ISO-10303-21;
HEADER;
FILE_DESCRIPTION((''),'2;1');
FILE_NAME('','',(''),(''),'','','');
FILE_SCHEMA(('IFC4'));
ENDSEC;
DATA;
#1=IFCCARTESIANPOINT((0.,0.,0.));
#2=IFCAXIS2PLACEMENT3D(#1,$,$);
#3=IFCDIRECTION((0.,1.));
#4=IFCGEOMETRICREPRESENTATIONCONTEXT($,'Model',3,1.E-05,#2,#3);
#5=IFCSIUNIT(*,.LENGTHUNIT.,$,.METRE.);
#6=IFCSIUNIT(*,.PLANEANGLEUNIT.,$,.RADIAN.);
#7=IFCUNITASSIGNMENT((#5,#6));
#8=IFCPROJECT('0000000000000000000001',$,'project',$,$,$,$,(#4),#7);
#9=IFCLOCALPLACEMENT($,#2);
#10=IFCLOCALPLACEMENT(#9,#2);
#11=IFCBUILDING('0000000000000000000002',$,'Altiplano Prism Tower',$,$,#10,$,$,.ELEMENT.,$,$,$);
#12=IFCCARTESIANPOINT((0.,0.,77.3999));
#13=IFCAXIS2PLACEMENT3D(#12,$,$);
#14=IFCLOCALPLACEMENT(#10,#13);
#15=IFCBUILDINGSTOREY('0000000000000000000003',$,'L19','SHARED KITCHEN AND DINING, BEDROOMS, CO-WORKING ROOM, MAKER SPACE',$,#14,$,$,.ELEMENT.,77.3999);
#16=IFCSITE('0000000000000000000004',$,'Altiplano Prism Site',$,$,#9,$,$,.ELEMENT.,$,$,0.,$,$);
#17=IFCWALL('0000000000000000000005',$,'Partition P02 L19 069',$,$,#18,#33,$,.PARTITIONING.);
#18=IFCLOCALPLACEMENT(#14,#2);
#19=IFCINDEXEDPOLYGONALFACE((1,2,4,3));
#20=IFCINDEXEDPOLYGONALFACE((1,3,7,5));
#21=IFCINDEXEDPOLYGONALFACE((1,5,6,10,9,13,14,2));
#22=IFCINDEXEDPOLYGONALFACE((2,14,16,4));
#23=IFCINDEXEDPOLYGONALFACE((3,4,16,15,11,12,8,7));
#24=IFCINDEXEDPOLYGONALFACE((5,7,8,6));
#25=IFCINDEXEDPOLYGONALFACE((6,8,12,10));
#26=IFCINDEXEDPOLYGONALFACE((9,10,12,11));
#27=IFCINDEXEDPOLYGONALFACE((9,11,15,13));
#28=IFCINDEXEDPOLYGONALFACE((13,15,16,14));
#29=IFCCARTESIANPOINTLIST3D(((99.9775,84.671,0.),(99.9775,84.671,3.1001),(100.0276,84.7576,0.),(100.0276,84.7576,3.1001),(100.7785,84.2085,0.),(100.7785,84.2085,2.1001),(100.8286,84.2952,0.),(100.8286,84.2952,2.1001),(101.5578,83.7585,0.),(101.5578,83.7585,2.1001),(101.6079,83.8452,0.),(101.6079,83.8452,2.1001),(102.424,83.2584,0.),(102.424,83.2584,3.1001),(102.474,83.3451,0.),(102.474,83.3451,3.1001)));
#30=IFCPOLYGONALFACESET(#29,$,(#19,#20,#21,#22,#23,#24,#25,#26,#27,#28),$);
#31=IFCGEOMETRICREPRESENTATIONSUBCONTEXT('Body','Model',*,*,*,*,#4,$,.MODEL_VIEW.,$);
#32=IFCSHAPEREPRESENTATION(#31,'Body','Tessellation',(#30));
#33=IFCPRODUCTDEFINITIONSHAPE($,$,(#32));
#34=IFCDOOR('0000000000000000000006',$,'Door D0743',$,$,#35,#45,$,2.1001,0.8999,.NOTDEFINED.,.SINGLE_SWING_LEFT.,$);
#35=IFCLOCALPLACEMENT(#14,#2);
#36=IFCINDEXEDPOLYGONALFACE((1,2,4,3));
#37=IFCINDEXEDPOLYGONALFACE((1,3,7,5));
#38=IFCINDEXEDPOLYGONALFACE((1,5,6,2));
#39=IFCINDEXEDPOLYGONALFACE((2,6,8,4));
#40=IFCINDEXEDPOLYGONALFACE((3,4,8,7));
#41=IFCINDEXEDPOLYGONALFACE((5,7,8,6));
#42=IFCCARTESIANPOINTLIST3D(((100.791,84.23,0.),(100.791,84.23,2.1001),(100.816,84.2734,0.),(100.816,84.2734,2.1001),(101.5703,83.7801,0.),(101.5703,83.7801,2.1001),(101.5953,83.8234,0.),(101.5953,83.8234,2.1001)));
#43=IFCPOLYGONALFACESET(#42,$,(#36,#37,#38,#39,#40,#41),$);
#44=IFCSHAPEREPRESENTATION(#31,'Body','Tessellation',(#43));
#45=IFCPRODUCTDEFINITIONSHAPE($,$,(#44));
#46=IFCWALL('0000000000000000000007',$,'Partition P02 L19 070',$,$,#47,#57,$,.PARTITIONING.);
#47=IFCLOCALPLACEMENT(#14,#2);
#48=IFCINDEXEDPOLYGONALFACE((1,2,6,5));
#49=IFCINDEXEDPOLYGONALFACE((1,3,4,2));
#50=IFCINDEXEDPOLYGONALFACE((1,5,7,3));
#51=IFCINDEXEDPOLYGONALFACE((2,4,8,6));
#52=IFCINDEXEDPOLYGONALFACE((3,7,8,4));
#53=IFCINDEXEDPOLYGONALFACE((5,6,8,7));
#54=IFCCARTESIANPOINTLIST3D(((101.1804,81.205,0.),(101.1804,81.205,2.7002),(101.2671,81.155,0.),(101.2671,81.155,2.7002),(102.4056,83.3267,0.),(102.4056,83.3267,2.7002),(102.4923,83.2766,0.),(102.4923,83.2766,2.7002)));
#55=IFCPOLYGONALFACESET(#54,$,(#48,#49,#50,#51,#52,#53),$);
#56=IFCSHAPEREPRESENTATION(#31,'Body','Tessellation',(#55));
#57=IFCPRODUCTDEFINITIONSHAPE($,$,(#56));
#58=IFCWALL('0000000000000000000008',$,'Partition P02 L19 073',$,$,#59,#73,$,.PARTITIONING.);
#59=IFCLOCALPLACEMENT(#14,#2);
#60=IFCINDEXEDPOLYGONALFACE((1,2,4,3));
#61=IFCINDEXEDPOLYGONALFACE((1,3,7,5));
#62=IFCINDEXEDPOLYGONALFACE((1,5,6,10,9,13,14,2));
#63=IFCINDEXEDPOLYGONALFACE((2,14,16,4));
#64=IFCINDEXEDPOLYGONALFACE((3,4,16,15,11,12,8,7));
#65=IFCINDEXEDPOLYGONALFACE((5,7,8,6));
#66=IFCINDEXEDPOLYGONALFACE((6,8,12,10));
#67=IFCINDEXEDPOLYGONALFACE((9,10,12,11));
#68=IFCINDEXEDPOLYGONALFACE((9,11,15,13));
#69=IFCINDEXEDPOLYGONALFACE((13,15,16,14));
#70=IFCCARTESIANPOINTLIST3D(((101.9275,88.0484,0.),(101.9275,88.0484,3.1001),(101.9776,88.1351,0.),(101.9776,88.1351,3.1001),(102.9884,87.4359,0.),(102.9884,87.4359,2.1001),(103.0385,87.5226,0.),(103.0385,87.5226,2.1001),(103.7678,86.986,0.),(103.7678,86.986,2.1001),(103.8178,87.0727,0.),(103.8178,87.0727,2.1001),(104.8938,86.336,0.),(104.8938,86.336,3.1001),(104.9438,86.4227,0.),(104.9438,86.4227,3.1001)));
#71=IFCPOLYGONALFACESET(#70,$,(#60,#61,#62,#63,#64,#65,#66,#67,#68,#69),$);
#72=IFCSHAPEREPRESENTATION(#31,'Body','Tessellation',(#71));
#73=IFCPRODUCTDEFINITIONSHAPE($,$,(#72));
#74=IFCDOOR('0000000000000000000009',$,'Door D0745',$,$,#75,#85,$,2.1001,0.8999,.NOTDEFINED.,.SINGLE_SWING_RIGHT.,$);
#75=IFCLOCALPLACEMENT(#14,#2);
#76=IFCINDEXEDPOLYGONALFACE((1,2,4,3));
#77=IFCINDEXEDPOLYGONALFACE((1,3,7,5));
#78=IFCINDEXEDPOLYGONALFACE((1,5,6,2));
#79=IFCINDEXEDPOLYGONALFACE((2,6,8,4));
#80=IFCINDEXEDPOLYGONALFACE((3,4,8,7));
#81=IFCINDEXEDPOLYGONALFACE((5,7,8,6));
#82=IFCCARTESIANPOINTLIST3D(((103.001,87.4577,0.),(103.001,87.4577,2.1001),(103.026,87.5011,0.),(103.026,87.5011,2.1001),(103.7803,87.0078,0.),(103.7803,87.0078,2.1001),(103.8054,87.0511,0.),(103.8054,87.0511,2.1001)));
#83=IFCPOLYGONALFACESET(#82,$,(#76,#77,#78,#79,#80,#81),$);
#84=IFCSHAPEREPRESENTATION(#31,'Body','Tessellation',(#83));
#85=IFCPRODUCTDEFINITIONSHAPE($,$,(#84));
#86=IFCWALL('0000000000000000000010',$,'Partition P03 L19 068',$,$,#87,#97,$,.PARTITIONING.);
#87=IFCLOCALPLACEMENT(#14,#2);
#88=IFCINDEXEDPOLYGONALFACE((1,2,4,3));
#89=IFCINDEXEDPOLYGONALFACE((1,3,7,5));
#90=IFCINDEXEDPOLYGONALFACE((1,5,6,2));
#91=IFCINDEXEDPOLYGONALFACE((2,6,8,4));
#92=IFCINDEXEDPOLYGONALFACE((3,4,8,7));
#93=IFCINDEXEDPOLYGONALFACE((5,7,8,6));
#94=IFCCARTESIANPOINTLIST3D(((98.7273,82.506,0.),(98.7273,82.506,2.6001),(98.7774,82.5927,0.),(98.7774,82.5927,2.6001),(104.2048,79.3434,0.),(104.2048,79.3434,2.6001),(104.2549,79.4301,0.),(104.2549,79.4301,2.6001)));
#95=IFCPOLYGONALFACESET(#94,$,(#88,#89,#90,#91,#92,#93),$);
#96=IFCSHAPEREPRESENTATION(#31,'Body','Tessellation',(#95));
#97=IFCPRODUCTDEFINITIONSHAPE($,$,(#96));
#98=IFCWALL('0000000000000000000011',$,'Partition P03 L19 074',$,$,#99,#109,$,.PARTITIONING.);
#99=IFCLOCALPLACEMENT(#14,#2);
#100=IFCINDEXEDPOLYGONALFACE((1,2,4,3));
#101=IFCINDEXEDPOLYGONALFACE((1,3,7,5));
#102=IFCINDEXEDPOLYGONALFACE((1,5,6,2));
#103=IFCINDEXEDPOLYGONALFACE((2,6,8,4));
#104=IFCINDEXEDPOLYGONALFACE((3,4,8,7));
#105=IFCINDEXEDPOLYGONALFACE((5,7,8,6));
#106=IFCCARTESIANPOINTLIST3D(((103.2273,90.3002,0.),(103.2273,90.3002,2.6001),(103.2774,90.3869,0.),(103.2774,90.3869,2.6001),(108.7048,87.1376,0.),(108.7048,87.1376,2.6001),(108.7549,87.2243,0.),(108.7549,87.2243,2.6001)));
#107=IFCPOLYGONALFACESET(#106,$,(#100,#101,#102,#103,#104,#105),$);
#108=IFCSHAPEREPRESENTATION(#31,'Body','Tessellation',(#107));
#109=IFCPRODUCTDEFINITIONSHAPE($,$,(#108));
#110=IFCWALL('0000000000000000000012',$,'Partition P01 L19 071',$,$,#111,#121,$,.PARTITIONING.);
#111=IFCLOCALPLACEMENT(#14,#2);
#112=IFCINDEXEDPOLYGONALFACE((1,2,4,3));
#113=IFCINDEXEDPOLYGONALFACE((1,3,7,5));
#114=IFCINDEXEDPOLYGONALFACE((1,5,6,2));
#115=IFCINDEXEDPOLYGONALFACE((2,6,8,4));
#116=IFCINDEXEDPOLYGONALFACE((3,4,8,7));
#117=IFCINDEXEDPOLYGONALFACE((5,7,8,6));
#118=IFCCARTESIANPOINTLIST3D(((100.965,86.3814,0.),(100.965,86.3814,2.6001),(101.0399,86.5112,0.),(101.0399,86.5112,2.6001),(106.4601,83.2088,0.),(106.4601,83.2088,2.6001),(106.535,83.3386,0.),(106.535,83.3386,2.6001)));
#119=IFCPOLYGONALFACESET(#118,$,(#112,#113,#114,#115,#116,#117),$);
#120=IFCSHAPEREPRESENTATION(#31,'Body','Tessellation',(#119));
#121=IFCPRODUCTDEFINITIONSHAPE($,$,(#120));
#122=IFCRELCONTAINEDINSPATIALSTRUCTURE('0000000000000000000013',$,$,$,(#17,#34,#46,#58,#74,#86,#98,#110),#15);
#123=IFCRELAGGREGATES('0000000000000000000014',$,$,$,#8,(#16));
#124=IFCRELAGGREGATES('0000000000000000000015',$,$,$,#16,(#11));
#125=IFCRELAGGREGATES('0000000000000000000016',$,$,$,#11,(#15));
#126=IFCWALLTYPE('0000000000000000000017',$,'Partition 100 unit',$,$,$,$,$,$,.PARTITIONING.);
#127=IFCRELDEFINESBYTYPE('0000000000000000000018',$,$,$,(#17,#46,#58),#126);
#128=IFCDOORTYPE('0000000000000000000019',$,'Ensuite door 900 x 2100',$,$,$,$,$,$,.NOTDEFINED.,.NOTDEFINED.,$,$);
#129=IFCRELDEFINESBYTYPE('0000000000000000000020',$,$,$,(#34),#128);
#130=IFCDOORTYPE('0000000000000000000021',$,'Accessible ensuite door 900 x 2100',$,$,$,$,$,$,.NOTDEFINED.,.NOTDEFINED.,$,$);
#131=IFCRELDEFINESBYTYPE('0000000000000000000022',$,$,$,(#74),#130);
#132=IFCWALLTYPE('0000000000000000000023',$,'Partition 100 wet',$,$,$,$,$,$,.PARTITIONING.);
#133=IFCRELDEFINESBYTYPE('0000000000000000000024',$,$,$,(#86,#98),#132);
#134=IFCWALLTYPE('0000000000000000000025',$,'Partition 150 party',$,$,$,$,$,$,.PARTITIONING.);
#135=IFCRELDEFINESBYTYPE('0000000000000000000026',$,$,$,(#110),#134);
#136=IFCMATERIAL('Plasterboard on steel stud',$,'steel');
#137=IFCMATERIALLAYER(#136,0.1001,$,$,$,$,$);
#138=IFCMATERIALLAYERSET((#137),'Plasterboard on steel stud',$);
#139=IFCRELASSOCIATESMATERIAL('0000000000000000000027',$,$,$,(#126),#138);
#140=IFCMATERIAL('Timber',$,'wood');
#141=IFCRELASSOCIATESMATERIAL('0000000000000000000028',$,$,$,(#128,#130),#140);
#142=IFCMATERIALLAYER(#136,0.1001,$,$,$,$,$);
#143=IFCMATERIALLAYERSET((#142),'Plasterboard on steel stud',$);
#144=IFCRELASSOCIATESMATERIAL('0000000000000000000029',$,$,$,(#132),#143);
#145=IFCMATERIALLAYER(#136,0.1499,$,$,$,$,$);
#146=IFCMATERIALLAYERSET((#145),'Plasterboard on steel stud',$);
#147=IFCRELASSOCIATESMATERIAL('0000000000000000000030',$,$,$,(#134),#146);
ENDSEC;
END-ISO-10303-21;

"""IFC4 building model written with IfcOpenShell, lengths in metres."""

from ifc_helpers import new_model, si_unit, direction, frame, frame_2d, origin, place, context, subcontext, project, spatial, rectangle, extrude, material, layer, layer_set, type_object, element, fill, save


model = new_model("IFC4")

# Units and contexts
model_context = context("Model", 3, precision=1e-05, world=origin(), true_north=direction((0.0, 1.0)))
body_context = subcontext(model_context, "Body", "Model", "MODEL_VIEW")
ifc_project = project(units=[si_unit("LENGTHUNIT", "METRE"), si_unit("PLANEANGLEUNIT", "RADIAN")], contexts=[model_context])

# Site, building, storey
site_placement = place(None, origin())
site = spatial("IfcSite", under=ifc_project, at=site_placement, Name="Altiplano Prism Site", CompositionType="ELEMENT", RefElevation=0.0)
building_placement = place(site_placement, origin())
building = spatial("IfcBuilding", under=site, at=building_placement, Name="Altiplano Prism Tower", CompositionType="ELEMENT")
storey_placement = place(building_placement, frame((0.0, 0.0, 77.3999)))
storey = spatial("IfcBuildingStorey", under=building, at=storey_placement, Name="L19", Description="SHARED KITCHEN AND DINING, BEDROOMS, CO-WORKING ROOM, MAKER SPACE", CompositionType="ELEMENT", Elevation=77.3999)

# Wall, opening, door
ifc_material_1 = material(Name="Plasterboard on steel stud", Category="steel")
ifc_layer_1 = layer(ifc_material_1, 0.1001)
ifc_layer_set_1 = layer_set([ifc_layer_1], Name="Plasterboard on steel stud")
wall_type_1 = type_object("IfcWallType", Name="Partition 100 unit", PredefinedType="PARTITIONING", material=ifc_layer_set_1)
wall_1_placement = place(storey_placement, frame((100.0024, 84.7144, 0.0), z_axis=(0.0, 0.0, 1.0), x_axis=(0.866011, -0.500024, 0.0)))
wall_1 = element("IfcWall", 1, at=wall_1_placement, inside=storey, type_object=wall_type_1, Name="Partition P02 L19 069", PredefinedType="PARTITIONING", context=body_context, shape_type="SweptSolid", body=[
    extrude(rectangle(XDim=2.825, YDim=0.1001, at=frame_2d((1.4126, 0.0))), origin(), (0.0, 0.0, 1.0), 3.1001),
])
opening_1_placement = place(wall_1_placement, frame((0.925, 0.0, 0.0)))
opening_1 = element("IfcOpeningElement", 2, at=opening_1_placement, cuts=wall_1, PredefinedType="OPENING", context=body_context, shape_type="SweptSolid", body=[
    extrude(rectangle(XDim=0.8999, YDim=2.1001, at=frame_2d((0.45, 1.05))), frame((0.0, 0.0605, 0.0), z_axis=(0.0, -1.0, 0.0), x_axis=(1.0, 0.0, 0.0)), (0.0, 0.0, 1.0), 0.1211),
])
ifc_material_2 = material(Name="Timber", Category="wood")
door_type_1 = type_object("IfcDoorType", Name="Ensuite door 900 x 2100", OperationType="NOTDEFINED", PredefinedType="NOTDEFINED", material=ifc_material_2)
door_1_placement = place(opening_1_placement, origin())
door_1 = element("IfcDoor", 3, at=door_1_placement, inside=storey, type_object=door_type_1, Name="Door D0743", OperationType="SINGLE_SWING_LEFT", OverallHeight=2.1001, OverallWidth=0.8999, PredefinedType="NOTDEFINED", context=body_context, shape_type="SweptSolid", body=[
    extrude(rectangle(XDim=0.8999, YDim=2.1001, at=frame_2d((0.45, 1.05))), frame((0.0, 0.0249, 0.0), z_axis=(0.0, -1.0, 0.0), x_axis=(1.0, 0.0, 0.0)), (0.0, 0.0, 1.0), 0.05),
])
fill(opening_1, door_1)

# Wall
wall_2_placement = place(storey_placement, frame((102.449, 83.3018, 0.0), z_axis=(0.0, 0.0, 1.0), x_axis=(-0.500062, -0.86599, 0.0)))
element("IfcWall", 4, at=wall_2_placement, inside=storey, type_object=wall_type_1, Name="Partition P02 L19 070", PredefinedType="PARTITIONING", context=body_context, shape_type="SweptSolid", body=[
    extrude(rectangle(XDim=2.45, YDim=0.1001, at=frame_2d((1.2251, 0.0))), origin(), (0.0, 0.0, 1.0), 2.7002),
])

# Wall, opening, door
wall_3_placement = place(storey_placement, frame((104.9187, 86.3794, 0.0), z_axis=(0.0, 0.0, 1.0), x_axis=(-0.86605, 0.499957, 0.0)))
wall_3 = element("IfcWall", 5, at=wall_3_placement, inside=storey, type_object=wall_type_1, Name="Partition P02 L19 073", PredefinedType="PARTITIONING", context=body_context, shape_type="SweptSolid", body=[
    extrude(rectangle(XDim=3.425, YDim=0.1001, at=frame_2d((1.7124, 0.0))), origin(), (0.0, 0.0, 1.0), 3.1001),
])
opening_2_placement = place(wall_3_placement, frame((1.3, 0.0, 0.0)))
opening_2 = element("IfcOpeningElement", 6, at=opening_2_placement, cuts=wall_3, PredefinedType="OPENING", context=body_context, shape_type="SweptSolid", body=[
    extrude(rectangle(XDim=0.8999, YDim=2.1001, at=frame_2d((0.45, 1.05))), frame((0.0, 0.0605, 0.0), z_axis=(0.0, -1.0, 0.0), x_axis=(1.0, 0.0, 0.0)), (0.0, 0.0, 1.0), 0.1211),
])
door_type_2 = type_object("IfcDoorType", Name="Accessible ensuite door 900 x 2100", OperationType="NOTDEFINED", PredefinedType="NOTDEFINED", material=ifc_material_2)
door_2_placement = place(opening_2_placement, origin())
door_2 = element("IfcDoor", 7, at=door_2_placement, inside=storey, type_object=door_type_2, Name="Door D0745", OperationType="SINGLE_SWING_RIGHT", OverallHeight=2.1001, OverallWidth=0.8999, PredefinedType="NOTDEFINED", context=body_context, shape_type="SweptSolid", body=[
    extrude(rectangle(XDim=0.8999, YDim=2.1001, at=frame_2d((0.45, 1.05))), frame((0.0, 0.0249, 0.0), z_axis=(0.0, -1.0, 0.0), x_axis=(1.0, 0.0, 0.0)), (0.0, 0.0, 1.0), 0.05),
])
fill(opening_2, door_2)

# Walls
ifc_layer_2 = layer(ifc_material_1, 0.1001)
ifc_layer_set_2 = layer_set([ifc_layer_2], Name="Plasterboard on steel stud")
wall_type_2 = type_object("IfcWallType", Name="Partition 100 wet", PredefinedType="PARTITIONING", material=ifc_layer_set_2)
for number, where, z_axis, x_axis, name in (
    (8, (104.23, 79.3867, 0.0), (0.0, 0.0, 1.0), (-0.866016, 0.500016, 0.0), "Partition P03 L19 068"),
    (9, (108.73, 87.1809, 0.0), (0.0, 0.0, 1.0), (-0.866016, 0.500016, 0.0), "Partition P03 L19 074"),
):
    element("IfcWall", number, at=place(storey_placement, frame(where, z_axis=z_axis, x_axis=x_axis)), inside=storey, type_object=wall_type_2, Name=name, PredefinedType="PARTITIONING", context=body_context, shape_type="SweptSolid", body=[
        extrude(rectangle(XDim=6.325, YDim=0.1001, at=frame_2d((3.1626, 0.0))), origin(), (0.0, 0.0, 1.0), 2.6001),
    ])
ifc_layer_3 = layer(ifc_material_1, 0.1499)
ifc_layer_set_3 = layer_set([ifc_layer_3], Name="Plasterboard on steel stud")
wall_type_3 = type_object("IfcWallType", Name="Partition 150 party", PredefinedType="PARTITIONING", material=ifc_layer_set_3)
wall_4_placement = place(storey_placement, frame((106.4976, 83.2737, 0.0), z_axis=(0.0, 0.0, 1.0), x_axis=(-0.866025, 0.5, 0.0)))
element("IfcWall", 10, at=wall_4_placement, inside=storey, type_object=wall_type_3, Name="Partition P01 L19 071", PredefinedType="PARTITIONING", context=body_context, shape_type="SweptSolid", body=[
    extrude(rectangle(XDim=6.3452, YDim=0.1499, at=frame_2d((3.1726, 0.0))), origin(), (0.0, 0.0, 1.0), 2.6001),
])

save(model, "model.ifc")
